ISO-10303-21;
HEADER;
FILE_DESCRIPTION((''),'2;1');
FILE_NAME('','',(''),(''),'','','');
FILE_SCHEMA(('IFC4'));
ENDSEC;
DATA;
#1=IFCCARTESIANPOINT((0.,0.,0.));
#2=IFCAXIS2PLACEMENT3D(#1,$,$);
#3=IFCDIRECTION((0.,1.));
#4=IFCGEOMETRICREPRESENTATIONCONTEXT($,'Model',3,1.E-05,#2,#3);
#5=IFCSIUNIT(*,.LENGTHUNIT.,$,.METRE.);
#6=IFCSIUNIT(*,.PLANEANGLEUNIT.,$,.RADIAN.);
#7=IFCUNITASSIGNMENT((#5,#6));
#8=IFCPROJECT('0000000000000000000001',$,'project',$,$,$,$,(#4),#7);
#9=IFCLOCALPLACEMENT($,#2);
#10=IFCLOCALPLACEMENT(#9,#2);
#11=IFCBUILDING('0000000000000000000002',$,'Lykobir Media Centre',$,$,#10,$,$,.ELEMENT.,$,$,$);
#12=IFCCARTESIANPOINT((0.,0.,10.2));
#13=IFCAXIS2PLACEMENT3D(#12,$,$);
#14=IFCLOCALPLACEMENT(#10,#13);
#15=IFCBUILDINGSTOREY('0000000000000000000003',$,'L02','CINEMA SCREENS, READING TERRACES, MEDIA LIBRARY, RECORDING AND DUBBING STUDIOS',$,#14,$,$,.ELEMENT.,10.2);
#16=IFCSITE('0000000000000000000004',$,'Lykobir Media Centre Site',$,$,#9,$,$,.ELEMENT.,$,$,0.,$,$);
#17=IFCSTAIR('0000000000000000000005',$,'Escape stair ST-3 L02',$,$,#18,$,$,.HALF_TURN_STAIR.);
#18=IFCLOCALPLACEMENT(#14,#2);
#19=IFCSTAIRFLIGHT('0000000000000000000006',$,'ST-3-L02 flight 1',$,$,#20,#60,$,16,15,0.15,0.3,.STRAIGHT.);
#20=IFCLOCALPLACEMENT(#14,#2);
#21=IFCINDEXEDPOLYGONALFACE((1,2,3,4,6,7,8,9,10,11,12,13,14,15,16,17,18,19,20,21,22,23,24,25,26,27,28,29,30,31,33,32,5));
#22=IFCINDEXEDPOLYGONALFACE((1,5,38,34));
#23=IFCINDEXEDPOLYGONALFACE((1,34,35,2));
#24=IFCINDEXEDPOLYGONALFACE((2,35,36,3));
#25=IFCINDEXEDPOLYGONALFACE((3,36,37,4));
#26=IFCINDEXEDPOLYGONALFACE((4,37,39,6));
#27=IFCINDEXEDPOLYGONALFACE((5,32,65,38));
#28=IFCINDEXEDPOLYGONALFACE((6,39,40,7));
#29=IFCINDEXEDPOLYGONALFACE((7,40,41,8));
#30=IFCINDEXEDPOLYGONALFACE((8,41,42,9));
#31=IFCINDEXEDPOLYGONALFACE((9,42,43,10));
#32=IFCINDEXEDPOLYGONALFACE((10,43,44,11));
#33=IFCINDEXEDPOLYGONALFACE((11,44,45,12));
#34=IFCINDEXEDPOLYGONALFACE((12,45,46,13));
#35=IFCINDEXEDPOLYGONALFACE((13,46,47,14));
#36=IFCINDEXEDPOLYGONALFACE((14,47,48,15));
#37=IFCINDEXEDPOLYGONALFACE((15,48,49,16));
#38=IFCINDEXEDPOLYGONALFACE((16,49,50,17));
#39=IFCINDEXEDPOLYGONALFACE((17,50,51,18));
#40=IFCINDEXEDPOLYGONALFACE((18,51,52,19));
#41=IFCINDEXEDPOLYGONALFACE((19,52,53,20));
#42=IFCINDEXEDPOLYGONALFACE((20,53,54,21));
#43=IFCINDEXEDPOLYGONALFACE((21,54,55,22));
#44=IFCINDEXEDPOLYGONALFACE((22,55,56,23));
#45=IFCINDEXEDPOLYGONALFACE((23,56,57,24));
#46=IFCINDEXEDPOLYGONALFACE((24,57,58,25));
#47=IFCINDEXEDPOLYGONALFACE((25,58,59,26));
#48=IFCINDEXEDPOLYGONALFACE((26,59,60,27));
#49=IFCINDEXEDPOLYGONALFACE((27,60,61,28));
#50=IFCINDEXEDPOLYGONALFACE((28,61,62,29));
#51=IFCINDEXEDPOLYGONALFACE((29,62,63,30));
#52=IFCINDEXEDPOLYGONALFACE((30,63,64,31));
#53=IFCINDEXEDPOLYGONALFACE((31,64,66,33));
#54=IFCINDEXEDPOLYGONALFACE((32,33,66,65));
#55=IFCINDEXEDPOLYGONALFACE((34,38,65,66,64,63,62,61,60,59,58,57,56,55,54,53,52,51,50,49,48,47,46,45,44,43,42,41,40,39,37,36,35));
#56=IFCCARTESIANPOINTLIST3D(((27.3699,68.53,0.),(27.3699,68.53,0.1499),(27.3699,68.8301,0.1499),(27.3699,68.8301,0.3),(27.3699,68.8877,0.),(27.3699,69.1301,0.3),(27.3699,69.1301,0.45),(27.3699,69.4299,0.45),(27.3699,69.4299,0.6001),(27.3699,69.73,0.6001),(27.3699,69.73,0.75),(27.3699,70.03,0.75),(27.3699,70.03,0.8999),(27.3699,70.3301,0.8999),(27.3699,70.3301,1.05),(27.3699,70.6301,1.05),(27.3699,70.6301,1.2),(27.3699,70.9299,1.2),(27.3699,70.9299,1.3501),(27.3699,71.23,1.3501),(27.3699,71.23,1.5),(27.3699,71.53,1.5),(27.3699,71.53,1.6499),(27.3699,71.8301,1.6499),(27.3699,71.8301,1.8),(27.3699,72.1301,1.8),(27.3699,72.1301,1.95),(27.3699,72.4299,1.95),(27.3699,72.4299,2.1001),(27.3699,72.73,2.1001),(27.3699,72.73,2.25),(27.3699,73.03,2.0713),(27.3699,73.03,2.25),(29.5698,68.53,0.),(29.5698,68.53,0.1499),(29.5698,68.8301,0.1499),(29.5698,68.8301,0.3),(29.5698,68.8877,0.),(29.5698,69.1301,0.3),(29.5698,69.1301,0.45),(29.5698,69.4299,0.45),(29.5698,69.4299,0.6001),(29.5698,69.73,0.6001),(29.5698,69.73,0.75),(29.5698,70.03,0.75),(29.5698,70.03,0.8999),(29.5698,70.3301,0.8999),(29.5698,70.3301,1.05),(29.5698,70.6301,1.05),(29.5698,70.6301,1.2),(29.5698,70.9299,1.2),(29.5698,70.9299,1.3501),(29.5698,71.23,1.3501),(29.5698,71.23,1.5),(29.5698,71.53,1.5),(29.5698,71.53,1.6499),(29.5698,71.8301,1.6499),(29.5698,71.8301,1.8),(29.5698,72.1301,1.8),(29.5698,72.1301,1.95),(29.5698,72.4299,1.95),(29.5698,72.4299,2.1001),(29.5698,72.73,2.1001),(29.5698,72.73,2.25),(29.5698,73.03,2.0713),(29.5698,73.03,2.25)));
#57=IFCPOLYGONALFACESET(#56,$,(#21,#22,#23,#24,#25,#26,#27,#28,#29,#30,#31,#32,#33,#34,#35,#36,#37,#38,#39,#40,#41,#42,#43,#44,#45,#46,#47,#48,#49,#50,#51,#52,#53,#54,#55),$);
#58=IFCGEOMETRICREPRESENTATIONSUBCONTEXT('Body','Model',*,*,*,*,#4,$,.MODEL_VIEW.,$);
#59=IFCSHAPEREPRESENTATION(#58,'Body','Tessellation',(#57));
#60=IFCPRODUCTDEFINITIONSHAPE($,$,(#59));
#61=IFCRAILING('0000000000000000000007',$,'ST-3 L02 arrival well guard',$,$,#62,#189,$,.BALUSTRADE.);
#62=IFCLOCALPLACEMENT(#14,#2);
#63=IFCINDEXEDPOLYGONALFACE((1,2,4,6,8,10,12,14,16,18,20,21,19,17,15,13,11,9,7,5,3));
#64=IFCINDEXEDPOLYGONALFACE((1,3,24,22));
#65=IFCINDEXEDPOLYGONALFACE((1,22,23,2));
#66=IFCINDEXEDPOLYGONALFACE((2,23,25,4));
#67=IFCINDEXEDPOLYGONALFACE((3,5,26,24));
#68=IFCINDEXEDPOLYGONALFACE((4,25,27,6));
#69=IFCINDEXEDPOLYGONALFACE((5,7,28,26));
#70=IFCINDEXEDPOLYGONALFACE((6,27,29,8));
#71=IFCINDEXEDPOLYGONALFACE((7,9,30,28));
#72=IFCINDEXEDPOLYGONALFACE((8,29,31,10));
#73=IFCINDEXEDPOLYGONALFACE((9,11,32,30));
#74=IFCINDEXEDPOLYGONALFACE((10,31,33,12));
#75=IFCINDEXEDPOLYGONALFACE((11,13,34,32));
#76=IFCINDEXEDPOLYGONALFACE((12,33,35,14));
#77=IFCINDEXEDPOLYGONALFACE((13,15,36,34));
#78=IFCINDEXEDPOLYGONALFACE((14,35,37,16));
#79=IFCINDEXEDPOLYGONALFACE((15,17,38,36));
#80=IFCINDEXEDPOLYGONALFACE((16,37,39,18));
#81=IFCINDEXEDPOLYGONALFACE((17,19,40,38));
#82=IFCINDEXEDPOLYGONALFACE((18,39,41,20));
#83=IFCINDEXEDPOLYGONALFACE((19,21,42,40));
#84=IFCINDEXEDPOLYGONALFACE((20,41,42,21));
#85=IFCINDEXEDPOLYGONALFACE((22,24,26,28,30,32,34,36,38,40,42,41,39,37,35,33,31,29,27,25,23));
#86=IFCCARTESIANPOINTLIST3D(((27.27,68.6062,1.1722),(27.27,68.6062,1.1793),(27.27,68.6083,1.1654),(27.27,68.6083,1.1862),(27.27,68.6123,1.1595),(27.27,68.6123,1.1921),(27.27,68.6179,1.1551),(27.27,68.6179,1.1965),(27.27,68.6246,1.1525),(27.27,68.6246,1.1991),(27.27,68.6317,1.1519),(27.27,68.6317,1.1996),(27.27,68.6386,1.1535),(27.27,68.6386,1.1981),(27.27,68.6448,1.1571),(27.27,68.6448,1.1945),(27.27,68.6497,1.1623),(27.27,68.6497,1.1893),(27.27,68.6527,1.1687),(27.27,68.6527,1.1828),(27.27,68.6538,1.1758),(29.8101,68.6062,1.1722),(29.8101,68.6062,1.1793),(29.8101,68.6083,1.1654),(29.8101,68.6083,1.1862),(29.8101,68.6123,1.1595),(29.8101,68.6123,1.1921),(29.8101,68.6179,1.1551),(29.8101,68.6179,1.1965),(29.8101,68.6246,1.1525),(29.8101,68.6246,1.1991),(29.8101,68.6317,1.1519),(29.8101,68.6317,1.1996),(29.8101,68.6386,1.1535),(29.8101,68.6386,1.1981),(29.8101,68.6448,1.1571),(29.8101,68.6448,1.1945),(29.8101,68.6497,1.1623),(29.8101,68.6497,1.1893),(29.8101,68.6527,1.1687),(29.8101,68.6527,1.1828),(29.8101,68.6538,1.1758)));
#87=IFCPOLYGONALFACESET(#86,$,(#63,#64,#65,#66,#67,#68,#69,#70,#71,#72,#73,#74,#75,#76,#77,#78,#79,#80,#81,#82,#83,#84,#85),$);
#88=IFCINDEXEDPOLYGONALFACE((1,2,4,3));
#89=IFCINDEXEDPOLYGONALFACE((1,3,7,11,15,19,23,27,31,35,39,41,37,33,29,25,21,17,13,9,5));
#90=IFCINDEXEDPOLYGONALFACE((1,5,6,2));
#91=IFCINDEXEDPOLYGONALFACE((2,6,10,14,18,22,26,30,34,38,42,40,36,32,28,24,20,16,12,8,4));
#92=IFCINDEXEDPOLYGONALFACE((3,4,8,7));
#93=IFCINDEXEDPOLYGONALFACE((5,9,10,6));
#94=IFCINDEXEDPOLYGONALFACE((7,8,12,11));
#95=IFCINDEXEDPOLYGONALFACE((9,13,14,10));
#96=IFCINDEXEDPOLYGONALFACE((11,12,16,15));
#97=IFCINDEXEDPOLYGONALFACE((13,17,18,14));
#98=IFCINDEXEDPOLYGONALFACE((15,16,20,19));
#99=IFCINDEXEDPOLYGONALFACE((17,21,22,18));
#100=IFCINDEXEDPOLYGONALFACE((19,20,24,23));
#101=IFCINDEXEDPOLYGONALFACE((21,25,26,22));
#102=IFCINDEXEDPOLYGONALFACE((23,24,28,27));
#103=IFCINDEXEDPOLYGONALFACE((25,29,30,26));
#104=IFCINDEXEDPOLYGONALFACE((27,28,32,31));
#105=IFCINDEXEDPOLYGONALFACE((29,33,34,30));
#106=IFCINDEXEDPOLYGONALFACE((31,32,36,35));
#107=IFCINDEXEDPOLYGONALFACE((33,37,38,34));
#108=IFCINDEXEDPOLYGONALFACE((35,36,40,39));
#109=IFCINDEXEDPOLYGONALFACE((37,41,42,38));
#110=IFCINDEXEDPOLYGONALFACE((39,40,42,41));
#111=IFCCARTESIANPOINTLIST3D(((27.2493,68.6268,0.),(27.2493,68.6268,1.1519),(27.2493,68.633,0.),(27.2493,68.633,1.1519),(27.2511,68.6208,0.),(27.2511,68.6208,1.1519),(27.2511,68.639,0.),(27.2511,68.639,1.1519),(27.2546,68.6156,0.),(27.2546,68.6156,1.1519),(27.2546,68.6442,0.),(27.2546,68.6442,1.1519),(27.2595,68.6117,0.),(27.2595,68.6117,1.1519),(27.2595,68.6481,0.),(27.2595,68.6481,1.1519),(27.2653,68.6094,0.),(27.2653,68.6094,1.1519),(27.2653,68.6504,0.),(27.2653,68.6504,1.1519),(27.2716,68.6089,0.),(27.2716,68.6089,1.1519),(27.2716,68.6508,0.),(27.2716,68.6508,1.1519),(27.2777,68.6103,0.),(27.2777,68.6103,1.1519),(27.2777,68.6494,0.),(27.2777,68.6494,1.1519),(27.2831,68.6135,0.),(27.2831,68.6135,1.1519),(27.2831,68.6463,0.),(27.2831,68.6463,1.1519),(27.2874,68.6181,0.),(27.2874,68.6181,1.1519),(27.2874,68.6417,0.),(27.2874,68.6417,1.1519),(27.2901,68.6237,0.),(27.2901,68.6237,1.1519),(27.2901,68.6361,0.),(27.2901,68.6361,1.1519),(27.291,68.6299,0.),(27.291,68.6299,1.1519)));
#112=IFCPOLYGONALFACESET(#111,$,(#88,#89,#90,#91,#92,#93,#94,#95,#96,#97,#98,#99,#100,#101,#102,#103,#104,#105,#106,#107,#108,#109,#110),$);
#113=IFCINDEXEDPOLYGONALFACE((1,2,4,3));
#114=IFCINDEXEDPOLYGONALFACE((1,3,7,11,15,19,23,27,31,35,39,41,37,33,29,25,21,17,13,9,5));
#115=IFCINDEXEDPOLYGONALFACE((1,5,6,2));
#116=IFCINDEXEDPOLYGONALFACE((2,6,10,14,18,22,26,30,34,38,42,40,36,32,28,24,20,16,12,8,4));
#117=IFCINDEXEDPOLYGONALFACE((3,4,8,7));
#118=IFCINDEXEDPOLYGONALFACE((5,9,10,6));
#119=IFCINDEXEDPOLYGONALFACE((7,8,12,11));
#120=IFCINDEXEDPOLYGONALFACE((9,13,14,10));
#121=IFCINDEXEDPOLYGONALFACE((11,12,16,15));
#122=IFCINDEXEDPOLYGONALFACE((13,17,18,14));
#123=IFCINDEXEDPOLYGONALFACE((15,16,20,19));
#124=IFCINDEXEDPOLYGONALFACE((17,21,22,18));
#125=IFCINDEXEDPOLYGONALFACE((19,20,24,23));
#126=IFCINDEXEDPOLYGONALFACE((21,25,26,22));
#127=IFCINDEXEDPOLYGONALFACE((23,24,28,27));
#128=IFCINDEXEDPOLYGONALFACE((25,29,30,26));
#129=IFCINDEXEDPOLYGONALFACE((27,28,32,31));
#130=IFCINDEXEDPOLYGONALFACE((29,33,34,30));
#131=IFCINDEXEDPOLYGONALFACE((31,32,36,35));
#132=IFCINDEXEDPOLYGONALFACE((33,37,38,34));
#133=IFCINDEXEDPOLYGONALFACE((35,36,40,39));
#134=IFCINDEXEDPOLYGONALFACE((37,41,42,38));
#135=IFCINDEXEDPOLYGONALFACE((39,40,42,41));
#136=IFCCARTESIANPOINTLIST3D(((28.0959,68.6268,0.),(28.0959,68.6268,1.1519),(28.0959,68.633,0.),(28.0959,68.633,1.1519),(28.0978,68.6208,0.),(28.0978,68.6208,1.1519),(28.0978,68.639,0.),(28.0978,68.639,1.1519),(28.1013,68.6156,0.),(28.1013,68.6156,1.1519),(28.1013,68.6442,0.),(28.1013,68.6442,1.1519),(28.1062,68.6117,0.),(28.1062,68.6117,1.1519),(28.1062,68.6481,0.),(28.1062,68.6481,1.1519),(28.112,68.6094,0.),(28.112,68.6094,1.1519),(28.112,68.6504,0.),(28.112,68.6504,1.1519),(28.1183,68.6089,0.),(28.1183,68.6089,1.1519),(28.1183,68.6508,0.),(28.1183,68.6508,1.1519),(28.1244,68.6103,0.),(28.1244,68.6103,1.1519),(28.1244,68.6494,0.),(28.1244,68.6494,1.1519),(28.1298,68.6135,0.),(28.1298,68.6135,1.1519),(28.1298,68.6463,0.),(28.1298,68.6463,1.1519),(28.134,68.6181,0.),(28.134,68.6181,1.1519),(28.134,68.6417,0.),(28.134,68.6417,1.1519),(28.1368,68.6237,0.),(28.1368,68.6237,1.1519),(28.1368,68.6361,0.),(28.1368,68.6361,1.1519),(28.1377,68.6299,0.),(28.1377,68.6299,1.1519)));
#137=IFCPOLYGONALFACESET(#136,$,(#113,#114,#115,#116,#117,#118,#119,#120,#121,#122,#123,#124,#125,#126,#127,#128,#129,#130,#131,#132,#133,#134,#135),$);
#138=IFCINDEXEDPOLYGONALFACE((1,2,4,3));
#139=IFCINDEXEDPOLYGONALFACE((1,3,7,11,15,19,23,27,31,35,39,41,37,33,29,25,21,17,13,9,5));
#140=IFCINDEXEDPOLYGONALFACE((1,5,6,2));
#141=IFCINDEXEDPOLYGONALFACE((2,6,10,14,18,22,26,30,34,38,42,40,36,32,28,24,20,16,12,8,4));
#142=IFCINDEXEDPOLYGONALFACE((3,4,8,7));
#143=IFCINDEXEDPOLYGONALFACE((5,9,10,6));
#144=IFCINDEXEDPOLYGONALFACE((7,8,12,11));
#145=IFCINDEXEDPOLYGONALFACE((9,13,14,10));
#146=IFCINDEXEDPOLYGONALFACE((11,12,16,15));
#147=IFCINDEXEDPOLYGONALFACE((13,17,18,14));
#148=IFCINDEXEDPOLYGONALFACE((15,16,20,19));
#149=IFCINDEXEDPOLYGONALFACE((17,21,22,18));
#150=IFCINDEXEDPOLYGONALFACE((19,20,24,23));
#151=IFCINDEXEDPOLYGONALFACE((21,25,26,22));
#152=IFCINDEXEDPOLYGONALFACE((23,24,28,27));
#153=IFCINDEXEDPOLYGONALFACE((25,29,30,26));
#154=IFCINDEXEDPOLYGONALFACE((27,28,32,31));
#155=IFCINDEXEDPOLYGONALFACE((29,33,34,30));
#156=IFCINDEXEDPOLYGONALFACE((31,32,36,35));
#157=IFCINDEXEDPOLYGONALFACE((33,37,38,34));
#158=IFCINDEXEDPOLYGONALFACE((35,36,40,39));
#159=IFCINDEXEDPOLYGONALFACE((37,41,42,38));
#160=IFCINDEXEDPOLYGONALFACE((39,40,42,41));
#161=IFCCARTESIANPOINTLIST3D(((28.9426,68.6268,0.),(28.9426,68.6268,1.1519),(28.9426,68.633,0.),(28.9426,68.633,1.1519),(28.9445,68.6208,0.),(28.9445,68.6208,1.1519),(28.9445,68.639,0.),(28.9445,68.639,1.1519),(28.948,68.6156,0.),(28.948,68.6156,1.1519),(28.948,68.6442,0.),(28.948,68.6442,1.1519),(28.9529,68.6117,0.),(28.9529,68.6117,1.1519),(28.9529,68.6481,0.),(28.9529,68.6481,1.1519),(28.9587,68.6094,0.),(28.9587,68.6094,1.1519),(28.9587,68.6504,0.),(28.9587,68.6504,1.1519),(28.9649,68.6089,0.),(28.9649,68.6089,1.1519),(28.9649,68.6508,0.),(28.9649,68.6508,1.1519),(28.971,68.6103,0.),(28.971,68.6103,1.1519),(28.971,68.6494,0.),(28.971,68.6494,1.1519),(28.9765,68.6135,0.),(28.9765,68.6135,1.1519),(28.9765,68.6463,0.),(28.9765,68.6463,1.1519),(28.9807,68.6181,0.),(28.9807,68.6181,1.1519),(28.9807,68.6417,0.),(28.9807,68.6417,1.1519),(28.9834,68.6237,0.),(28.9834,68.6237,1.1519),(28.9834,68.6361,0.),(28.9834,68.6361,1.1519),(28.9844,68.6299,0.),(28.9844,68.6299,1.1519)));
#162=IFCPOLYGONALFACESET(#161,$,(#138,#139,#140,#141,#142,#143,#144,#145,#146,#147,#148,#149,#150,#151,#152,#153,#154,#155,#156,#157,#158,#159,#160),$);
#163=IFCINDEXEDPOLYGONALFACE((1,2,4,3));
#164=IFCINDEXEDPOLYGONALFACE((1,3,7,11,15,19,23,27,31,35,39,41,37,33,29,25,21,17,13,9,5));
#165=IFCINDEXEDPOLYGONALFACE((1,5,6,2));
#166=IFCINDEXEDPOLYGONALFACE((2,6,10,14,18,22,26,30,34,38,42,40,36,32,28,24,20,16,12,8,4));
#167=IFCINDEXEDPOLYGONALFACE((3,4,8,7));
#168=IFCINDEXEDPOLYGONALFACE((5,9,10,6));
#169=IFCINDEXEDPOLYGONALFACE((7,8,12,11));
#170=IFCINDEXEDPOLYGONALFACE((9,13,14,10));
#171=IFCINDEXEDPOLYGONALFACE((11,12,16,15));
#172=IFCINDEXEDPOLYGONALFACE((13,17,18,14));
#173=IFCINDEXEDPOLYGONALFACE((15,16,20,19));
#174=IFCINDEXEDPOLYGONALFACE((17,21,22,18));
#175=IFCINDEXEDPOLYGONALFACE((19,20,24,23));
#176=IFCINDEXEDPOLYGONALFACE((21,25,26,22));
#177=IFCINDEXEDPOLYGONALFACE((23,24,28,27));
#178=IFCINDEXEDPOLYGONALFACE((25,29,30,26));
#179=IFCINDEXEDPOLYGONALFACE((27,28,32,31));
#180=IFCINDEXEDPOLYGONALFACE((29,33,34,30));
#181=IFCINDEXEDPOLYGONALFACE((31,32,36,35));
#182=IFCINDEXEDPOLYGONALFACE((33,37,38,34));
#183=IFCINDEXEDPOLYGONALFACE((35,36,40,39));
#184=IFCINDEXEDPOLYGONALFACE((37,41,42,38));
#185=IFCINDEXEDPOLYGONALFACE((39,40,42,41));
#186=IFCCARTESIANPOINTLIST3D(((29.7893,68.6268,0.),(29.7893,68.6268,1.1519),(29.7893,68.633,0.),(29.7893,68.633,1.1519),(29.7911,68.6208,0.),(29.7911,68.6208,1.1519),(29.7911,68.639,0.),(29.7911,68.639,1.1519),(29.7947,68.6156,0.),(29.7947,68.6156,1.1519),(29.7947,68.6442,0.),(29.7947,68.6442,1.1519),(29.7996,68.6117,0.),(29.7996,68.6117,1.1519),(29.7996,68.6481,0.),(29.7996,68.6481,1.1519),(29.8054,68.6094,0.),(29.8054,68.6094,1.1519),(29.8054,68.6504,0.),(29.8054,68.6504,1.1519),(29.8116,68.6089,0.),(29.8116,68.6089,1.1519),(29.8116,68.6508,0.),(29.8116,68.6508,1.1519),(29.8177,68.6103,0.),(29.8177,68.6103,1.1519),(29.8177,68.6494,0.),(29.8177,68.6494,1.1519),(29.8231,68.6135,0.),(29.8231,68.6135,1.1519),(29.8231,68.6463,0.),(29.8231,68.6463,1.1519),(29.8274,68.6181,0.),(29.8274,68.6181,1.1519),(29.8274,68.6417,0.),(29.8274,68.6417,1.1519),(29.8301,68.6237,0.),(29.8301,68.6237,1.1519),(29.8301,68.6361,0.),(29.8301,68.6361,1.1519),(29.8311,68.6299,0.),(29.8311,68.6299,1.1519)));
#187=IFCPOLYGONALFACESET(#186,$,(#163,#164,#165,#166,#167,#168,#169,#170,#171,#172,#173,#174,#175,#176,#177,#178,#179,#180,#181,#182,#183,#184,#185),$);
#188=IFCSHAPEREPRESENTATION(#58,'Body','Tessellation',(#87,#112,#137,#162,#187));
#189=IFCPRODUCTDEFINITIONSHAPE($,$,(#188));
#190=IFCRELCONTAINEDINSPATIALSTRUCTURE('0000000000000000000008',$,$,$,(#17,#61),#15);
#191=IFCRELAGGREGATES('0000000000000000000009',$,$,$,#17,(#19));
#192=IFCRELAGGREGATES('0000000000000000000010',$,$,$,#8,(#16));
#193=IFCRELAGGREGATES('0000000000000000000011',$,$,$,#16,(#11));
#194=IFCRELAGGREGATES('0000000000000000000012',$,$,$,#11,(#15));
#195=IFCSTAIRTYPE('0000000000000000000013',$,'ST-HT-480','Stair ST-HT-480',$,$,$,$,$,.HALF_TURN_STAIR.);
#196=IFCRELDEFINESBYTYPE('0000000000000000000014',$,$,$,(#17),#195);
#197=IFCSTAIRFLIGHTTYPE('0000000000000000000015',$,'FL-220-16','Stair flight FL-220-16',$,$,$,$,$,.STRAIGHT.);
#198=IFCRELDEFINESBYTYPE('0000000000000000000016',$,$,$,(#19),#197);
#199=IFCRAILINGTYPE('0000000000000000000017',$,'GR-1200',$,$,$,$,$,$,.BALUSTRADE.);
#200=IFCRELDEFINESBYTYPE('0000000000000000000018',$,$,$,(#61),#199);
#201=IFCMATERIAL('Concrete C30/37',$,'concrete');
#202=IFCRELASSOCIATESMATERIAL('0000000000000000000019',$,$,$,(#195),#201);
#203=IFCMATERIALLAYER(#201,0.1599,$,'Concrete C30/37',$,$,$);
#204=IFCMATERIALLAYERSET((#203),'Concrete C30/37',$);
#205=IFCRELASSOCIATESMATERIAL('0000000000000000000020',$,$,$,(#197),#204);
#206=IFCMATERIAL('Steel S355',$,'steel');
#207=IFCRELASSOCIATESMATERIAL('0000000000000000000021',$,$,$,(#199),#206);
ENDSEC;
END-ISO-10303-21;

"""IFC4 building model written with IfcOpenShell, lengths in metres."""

from ifc_helpers import new_model, si_unit, direction, frame, origin, origin_2d, place, context, subcontext, project, spatial, polyline, circle, outline, extrude, material, layer, layer_set, type_object, element, aggregate, save


model = new_model("IFC4")

# Units and contexts
model_context = context("Model", 3, precision=1e-05, world=origin(), true_north=direction((0.0, 1.0)))
body_context = subcontext(model_context, "Body", "Model", "MODEL_VIEW")
ifc_project = project(units=[si_unit("LENGTHUNIT", "METRE"), si_unit("PLANEANGLEUNIT", "RADIAN")], contexts=[model_context])

# Site, building, storey
site_placement = place(None, origin())
site = spatial("IfcSite", under=ifc_project, at=site_placement, Name="Lykobir Media Centre Site", CompositionType="ELEMENT", RefElevation=0.0)
building_placement = place(site_placement, origin())
building = spatial("IfcBuilding", under=site, at=building_placement, Name="Lykobir Media Centre", CompositionType="ELEMENT")
storey_placement = place(building_placement, frame((0.0, 0.0, 10.2)))
storey = spatial("IfcBuildingStorey", under=building, at=storey_placement, Name="L02", Description="CINEMA SCREENS, READING TERRACES, MEDIA LIBRARY, RECORDING AND DUBBING STUDIOS", CompositionType="ELEMENT", Elevation=10.2)

# Shared definitions
ifc_material_1 = material(Name="Steel S355", Category="steel")

# Shared definitions
ifc_material_2 = material(Name="Concrete C30/37", Category="concrete")

# Stair, stair flight
stair_type = type_object("IfcStairType", Name="ST-HT-480", Description="Stair ST-HT-480", PredefinedType="HALF_TURN_STAIR", material=ifc_material_2)
stair_placement = place(storey_placement, origin())
stair = element("IfcStair", 1, at=stair_placement, inside=storey, type_object=stair_type, Name="Escape stair ST-3 L02", PredefinedType="HALF_TURN_STAIR")
ifc_layer_1 = layer(ifc_material_2, 0.1599, Name="Concrete C30/37")
ifc_layer_set_1 = layer_set([ifc_layer_1], Name="Concrete C30/37")
stair_flight_type = type_object("IfcStairFlightType", Name="FL-220-16", Description="Stair flight FL-220-16", PredefinedType="STRAIGHT", material=ifc_layer_set_1)
stair_flight_placement = place(storey_placement, frame((28.47, 68.53, 0.0), z_axis=(0.0, 0.0, 1.0), x_axis=(0.0, 1.0, 0.0)))
stair_flight = element("IfcStairFlight", 2, at=stair_flight_placement, type_object=stair_flight_type, Name="ST-3-L02 flight 1", NumberOfRisers=16, NumberOfTreads=15, PredefinedType="STRAIGHT", RiserHeight=0.15, TreadLength=0.3, context=body_context, shape_type="SweptSolid", body=[
    extrude(outline(polyline([(0.0, 0.0), (0.0, 0.1499), (0.3, 0.1499), (0.3, 0.3), (0.6001, 0.3), (0.6001, 0.45), (0.8999, 0.45), (0.8999, 0.6001), (1.2, 0.6001), (1.2, 0.75), (1.5, 0.75), (1.5, 0.8999), (1.8, 0.8999), (1.8, 1.05), (2.1001, 1.05), (2.1001, 1.2), (2.3999, 1.2), (2.3999, 1.3501), (2.7, 1.3501), (2.7, 1.5), (3.0, 1.5), (3.0, 1.6499), (3.3, 1.6499), (3.3, 1.8), (3.6001, 1.8), (3.6001, 1.95), (3.8999, 1.95), (3.8999, 2.1001), (4.2, 2.1001), (4.2, 2.25), (4.5, 2.25), (4.5, 2.3999), (4.5, 2.0713), (0.3577, 0.0), (0.0, 0.0)])), frame((0.0, 1.1001, 0.0), z_axis=(0.0, -1.0, 0.0), x_axis=(1.0, 0.0, 0.0)), (0.0, 0.0, 1.0), 2.2),
])
aggregate(stair, [stair_flight])

# Railing
railing_type_1 = type_object("IfcRailingType", Name="GR-1200", PredefinedType="BALUSTRADE", material=ifc_material_1)
railing_1_placement = place(storey_placement, frame((27.27, 68.6299, 0.0)))
element("IfcRailing", 3, at=railing_1_placement, inside=storey, type_object=railing_type_1, Name="ST-3 L02 arrival well guard", PredefinedType="BALUSTRADE", context=body_context, shape_type="SweptSolid", body=[
    extrude(circle(Radius=0.0239, at=origin_2d()), frame((0.0, 0.0, 1.1758), z_axis=(1.0, 0.0, 0.0), x_axis=(0.0, 1.0, 0.0)), (0.0, 0.0, 1.0), 2.54),
    extrude(circle(Radius=0.021, at=origin_2d()), origin(), (0.0, 0.0, 1.0), 1.1519),
    extrude(circle(Radius=0.021, at=origin_2d()), frame((0.8467, 0.0, 0.0)), (0.0, 0.0, 1.0), 1.1519),
    extrude(circle(Radius=0.021, at=origin_2d()), frame((1.6934, 0.0, 0.0)), (0.0, 0.0, 1.0), 1.1519),
    extrude(circle(Radius=0.021, at=origin_2d()), frame((2.54, 0.0, 0.0)), (0.0, 0.0, 1.0), 1.1519),
])

save(model, "model.ifc")
